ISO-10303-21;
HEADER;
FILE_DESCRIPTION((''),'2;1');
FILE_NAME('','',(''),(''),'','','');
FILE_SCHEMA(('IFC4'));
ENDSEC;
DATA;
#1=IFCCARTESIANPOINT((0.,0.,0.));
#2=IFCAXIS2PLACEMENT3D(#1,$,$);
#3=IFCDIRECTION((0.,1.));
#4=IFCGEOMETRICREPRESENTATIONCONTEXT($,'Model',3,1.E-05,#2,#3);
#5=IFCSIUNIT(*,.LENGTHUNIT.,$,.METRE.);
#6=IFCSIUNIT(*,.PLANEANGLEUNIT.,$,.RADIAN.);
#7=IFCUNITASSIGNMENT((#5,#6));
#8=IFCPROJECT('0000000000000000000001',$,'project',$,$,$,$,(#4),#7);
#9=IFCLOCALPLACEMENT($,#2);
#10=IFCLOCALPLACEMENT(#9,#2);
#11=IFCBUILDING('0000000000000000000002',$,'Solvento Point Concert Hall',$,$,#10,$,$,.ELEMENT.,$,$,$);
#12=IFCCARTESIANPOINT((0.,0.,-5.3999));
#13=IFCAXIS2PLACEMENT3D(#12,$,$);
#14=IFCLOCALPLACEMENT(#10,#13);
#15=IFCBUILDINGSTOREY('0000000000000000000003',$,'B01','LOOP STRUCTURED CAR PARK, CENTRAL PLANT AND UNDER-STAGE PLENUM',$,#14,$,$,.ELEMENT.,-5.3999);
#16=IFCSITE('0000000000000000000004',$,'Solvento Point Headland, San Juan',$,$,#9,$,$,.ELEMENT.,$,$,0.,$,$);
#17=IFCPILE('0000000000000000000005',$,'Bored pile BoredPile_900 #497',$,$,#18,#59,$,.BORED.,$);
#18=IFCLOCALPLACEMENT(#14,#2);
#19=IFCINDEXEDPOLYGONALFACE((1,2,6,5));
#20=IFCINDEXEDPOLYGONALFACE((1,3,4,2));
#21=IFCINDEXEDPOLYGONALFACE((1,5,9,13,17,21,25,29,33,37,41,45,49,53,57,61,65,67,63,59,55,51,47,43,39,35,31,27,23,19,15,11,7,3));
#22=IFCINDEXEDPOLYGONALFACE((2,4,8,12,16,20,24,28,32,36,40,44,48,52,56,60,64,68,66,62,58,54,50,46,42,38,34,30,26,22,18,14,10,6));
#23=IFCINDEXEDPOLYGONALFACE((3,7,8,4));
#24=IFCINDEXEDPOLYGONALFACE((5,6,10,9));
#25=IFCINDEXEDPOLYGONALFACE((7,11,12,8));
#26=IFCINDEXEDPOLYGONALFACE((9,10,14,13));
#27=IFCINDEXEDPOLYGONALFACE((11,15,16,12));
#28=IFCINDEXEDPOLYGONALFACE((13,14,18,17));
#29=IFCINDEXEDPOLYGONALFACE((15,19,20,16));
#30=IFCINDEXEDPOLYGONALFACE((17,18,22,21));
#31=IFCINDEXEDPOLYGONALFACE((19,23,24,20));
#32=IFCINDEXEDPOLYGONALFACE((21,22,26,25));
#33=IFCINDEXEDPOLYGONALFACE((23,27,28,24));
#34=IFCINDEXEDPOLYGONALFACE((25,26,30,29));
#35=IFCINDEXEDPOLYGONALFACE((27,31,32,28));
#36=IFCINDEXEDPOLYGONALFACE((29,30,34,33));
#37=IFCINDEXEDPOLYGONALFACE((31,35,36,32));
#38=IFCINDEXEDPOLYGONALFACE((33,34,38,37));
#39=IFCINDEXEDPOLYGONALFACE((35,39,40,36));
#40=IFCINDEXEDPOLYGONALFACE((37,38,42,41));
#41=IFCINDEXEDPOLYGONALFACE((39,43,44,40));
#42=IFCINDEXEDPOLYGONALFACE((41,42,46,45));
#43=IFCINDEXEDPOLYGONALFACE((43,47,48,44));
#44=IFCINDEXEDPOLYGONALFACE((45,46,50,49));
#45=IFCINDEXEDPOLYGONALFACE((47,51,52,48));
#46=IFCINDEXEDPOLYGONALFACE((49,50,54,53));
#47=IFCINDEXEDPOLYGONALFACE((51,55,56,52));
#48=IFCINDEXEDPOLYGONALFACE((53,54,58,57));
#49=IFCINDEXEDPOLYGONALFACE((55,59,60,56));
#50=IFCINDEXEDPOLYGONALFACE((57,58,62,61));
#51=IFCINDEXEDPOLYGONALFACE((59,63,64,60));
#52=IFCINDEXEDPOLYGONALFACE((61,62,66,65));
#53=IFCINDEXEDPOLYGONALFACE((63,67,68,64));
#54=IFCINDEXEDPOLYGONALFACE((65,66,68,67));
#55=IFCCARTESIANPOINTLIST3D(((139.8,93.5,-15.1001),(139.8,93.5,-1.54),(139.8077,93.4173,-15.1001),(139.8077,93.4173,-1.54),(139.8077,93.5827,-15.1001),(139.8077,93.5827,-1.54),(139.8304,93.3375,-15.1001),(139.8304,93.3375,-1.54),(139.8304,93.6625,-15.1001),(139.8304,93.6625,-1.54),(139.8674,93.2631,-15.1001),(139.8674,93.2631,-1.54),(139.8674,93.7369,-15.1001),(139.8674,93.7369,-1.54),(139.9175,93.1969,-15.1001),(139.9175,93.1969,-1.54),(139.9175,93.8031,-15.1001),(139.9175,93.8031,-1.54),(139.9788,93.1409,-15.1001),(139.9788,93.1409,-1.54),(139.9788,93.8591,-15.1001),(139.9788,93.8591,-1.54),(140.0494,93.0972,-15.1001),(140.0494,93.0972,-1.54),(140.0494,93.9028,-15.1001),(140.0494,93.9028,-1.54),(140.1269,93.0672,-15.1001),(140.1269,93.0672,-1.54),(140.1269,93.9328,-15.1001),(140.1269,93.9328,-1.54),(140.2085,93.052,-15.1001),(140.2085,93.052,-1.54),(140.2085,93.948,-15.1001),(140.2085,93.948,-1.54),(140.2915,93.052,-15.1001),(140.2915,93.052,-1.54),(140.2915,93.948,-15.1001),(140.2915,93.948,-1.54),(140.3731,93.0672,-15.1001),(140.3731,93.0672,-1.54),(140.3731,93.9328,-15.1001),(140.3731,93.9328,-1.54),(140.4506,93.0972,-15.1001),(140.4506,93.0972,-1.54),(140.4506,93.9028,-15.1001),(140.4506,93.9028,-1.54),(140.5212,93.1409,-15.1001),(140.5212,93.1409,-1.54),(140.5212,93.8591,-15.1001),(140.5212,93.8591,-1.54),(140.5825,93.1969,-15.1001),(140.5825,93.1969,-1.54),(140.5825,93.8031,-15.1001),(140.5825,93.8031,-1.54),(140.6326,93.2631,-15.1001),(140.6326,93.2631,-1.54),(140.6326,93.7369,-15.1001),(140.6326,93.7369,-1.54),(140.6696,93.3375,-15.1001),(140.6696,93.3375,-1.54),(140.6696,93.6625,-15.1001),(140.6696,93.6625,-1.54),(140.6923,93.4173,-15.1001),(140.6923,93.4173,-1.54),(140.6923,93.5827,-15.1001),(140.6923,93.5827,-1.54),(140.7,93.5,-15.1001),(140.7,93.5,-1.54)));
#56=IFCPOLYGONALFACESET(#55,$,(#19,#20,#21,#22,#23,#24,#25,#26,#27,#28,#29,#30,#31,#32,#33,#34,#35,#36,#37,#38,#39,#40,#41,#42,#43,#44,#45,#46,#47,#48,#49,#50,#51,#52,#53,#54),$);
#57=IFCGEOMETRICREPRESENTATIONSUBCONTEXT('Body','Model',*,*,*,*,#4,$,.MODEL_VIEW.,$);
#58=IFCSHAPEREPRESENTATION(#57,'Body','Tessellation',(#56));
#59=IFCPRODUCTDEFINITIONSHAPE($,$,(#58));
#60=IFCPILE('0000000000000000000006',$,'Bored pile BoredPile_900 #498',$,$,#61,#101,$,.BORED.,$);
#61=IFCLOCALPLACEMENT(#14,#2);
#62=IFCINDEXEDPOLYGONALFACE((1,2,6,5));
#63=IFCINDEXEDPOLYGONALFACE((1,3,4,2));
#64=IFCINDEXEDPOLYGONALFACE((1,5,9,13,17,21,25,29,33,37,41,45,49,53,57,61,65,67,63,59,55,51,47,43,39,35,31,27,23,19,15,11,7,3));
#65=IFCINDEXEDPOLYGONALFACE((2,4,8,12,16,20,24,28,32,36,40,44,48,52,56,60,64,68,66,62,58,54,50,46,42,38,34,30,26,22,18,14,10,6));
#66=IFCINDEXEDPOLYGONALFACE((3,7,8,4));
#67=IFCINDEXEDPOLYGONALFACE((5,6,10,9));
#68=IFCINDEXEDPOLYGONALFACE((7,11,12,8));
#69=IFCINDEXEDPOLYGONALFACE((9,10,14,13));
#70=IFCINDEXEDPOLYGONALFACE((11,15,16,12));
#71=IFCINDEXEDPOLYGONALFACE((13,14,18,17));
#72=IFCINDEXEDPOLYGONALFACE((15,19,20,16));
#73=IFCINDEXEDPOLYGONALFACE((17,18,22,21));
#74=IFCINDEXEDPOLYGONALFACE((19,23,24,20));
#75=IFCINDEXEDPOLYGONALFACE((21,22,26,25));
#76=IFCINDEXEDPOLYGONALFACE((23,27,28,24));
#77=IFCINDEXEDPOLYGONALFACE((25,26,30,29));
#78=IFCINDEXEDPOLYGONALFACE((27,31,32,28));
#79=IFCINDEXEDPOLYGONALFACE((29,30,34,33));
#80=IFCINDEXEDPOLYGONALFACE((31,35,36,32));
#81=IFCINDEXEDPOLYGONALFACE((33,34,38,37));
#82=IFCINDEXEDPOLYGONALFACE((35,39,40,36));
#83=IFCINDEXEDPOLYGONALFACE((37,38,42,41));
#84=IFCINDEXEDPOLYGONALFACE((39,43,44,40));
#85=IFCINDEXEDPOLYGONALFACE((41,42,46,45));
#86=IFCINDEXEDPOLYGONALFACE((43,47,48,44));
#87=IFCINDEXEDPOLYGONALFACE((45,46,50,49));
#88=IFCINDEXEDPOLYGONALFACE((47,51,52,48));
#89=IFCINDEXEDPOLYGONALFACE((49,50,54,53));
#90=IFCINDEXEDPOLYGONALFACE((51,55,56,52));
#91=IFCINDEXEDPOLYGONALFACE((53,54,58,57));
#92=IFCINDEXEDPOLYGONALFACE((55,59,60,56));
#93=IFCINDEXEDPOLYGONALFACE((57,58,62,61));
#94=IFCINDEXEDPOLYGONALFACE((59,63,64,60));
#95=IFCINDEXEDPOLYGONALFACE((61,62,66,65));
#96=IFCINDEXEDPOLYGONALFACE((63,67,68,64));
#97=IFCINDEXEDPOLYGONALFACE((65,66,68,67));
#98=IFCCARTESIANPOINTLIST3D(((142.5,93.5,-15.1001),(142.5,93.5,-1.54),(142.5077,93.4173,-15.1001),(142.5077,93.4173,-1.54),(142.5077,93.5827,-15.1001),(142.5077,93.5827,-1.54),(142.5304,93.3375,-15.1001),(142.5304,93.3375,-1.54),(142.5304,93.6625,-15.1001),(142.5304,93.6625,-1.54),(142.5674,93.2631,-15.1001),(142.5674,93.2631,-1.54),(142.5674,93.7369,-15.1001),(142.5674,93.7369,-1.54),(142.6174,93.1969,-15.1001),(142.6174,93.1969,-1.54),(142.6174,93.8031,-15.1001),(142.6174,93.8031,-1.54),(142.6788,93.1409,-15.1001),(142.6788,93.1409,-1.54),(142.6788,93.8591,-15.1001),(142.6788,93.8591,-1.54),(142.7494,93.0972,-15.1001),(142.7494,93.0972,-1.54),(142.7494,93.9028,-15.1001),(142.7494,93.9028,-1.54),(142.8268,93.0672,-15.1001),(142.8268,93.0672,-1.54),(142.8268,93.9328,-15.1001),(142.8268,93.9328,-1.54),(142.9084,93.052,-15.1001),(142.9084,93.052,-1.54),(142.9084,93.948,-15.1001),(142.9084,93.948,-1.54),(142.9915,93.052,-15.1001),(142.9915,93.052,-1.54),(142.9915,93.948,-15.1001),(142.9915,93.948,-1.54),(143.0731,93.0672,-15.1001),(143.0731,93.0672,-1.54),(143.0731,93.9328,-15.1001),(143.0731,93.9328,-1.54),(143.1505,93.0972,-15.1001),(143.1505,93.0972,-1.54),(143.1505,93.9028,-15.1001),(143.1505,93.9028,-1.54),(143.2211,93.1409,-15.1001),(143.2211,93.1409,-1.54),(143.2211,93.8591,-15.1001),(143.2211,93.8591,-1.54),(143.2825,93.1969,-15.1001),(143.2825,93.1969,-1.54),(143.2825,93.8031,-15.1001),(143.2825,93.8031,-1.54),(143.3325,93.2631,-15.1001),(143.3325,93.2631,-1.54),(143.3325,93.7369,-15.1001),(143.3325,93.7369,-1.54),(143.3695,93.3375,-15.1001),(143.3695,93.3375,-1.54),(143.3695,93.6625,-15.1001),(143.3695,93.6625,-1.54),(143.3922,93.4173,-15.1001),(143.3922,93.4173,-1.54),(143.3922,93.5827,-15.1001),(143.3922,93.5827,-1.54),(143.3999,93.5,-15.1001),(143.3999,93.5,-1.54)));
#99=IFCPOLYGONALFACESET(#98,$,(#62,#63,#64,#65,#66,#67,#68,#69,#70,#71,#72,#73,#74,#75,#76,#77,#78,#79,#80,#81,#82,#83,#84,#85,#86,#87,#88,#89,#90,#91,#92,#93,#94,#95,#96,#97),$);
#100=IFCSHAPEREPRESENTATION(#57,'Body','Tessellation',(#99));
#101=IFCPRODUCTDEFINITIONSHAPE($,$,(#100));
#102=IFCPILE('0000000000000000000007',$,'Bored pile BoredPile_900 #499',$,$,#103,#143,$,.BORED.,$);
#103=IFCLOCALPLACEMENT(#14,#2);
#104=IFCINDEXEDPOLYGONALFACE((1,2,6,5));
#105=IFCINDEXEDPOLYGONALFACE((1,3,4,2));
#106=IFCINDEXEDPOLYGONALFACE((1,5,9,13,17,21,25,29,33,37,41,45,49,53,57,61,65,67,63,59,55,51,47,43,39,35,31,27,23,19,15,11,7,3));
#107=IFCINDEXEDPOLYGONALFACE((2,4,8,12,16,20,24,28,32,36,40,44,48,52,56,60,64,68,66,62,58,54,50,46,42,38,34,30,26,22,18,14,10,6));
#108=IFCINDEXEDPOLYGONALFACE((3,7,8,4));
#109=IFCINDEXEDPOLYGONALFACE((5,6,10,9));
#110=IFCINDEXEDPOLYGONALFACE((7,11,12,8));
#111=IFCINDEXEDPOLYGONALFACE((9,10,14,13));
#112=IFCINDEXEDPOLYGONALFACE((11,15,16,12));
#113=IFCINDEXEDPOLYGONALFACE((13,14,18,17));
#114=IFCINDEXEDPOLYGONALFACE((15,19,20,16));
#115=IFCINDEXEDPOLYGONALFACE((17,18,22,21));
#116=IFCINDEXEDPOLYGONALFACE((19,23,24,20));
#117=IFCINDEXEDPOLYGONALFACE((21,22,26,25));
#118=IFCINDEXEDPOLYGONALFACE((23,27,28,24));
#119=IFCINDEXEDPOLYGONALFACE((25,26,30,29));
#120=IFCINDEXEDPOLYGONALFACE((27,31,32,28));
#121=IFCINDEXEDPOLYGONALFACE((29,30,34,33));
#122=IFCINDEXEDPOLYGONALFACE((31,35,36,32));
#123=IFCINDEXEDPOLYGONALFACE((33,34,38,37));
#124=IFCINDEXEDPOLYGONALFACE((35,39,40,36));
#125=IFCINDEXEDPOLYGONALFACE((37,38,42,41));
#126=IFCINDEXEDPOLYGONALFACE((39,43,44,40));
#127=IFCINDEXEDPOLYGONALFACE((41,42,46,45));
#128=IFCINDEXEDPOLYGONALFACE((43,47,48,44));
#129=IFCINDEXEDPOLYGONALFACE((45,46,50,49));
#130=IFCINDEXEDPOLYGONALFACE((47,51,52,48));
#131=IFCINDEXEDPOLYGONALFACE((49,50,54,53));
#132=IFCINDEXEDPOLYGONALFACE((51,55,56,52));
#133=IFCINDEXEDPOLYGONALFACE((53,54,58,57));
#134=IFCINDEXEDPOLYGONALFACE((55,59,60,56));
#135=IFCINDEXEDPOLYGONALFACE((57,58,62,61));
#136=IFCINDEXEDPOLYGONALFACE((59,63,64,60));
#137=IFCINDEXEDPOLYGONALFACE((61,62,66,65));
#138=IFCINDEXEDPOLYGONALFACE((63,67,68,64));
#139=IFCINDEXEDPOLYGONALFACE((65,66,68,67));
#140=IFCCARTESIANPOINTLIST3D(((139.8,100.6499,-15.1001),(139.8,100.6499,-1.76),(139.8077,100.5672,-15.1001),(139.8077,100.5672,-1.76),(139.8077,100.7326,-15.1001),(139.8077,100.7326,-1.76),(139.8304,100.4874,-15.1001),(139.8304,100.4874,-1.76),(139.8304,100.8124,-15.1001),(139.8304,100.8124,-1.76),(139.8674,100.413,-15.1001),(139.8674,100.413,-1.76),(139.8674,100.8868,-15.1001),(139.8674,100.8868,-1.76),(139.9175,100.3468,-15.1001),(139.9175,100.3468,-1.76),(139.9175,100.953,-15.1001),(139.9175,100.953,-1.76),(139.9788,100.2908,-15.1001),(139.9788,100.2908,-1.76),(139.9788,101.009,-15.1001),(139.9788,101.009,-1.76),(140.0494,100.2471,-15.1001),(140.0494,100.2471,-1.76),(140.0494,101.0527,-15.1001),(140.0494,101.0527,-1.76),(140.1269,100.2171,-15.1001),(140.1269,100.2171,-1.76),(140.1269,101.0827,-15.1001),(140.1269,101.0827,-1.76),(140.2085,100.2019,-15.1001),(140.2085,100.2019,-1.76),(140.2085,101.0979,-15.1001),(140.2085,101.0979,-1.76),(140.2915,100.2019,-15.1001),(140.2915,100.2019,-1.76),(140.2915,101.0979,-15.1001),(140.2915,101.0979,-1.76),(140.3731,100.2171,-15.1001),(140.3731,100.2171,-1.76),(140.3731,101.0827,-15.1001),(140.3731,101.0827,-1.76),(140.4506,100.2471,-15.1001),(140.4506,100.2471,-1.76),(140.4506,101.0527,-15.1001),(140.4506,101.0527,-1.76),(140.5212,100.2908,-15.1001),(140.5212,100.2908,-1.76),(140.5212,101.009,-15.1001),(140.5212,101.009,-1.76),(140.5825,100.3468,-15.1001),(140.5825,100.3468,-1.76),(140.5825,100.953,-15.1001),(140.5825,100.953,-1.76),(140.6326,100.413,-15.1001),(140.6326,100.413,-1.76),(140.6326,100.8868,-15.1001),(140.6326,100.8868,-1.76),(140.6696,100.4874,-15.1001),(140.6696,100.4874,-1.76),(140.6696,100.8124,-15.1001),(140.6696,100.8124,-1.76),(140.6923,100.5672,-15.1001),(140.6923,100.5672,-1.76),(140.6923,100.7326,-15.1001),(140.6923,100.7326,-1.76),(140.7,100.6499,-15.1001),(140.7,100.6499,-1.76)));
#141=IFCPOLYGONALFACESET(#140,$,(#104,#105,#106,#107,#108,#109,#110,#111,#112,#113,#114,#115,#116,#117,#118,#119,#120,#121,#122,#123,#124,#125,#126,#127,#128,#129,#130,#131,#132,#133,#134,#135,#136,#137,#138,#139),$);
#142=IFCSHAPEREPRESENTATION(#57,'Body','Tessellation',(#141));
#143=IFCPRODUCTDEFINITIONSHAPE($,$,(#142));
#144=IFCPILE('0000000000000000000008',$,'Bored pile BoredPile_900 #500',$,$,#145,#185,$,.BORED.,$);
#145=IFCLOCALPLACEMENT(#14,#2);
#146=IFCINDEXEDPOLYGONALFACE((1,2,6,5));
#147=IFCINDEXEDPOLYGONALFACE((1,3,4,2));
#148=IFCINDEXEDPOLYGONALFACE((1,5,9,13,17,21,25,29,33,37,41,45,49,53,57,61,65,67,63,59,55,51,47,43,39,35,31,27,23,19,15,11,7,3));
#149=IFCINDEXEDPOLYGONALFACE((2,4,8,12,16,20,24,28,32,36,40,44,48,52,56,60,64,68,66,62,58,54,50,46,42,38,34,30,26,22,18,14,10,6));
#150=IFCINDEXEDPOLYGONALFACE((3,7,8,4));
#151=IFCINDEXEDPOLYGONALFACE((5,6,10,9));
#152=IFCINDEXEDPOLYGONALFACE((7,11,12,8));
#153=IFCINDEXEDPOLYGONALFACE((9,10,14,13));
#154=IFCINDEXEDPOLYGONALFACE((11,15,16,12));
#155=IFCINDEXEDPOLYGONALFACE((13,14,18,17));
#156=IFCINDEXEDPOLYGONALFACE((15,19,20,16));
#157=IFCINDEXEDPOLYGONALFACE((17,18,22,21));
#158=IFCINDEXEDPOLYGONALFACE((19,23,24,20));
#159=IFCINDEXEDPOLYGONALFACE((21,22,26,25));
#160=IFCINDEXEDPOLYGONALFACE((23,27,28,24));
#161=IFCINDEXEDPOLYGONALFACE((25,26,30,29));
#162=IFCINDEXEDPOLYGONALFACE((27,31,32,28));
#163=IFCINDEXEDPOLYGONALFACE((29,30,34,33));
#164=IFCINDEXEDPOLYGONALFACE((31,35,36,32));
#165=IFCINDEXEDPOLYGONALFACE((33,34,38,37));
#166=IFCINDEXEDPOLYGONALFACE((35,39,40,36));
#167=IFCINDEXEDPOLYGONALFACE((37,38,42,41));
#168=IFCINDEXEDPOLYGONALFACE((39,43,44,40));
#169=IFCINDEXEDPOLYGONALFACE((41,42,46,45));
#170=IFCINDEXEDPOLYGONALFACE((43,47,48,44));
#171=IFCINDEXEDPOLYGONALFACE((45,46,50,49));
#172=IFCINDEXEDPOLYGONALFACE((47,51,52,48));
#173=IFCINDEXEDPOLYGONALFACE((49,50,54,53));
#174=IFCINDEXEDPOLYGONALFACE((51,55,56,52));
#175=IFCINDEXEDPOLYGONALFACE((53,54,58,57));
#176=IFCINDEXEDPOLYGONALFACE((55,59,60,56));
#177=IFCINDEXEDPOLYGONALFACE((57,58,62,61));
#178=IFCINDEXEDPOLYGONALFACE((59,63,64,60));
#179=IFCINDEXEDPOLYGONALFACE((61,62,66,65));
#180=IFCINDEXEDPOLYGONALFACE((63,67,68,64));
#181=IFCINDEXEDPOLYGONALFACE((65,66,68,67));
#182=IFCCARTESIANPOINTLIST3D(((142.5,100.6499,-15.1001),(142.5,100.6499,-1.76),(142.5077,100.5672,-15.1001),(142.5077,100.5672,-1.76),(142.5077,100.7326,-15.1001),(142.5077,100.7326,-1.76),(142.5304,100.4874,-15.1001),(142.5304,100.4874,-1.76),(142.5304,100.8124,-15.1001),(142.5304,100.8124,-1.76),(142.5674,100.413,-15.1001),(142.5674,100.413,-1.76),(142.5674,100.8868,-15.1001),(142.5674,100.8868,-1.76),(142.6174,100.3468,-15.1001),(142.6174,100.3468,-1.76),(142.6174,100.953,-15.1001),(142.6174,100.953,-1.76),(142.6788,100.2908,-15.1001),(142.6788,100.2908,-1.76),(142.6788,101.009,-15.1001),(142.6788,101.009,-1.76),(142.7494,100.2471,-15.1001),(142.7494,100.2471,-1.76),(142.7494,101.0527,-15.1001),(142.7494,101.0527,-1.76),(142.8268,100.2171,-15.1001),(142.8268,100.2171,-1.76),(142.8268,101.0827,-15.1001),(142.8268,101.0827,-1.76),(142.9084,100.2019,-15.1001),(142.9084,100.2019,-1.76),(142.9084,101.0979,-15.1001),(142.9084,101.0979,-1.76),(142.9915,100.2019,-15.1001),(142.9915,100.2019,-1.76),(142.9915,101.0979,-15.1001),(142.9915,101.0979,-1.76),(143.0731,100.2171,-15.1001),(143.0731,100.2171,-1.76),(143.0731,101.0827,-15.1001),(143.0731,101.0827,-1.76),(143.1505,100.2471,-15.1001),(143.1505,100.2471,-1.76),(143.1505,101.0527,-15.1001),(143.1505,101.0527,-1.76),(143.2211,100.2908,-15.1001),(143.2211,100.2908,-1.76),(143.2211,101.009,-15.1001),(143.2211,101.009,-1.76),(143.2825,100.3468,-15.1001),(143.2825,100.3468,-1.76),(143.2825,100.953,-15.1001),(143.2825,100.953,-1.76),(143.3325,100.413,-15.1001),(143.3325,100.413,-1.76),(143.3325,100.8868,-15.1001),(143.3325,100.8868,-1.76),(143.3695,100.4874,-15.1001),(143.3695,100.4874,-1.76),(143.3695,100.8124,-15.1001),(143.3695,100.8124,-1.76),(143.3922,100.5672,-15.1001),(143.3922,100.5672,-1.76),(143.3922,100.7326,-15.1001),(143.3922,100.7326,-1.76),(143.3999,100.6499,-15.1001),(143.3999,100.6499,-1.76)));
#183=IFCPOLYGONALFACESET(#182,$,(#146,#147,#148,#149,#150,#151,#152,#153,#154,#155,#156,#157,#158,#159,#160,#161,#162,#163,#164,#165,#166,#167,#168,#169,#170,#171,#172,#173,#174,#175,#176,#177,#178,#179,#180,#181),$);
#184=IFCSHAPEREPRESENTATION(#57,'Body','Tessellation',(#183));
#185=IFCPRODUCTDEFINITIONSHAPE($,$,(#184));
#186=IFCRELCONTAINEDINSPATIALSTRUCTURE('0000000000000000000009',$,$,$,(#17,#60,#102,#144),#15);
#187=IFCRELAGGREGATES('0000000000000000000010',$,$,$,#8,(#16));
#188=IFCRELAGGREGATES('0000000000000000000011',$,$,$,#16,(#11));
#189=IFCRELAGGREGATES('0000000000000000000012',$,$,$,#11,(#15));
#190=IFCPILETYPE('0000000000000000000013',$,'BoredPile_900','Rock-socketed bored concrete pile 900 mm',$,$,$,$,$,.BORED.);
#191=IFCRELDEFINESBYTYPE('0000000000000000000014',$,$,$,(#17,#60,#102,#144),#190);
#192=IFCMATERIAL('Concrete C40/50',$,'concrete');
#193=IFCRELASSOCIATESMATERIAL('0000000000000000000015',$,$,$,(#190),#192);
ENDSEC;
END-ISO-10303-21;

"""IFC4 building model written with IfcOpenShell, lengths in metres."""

from ifc_helpers import new_model, si_unit, direction, frame, origin, origin_2d, place, context, subcontext, project, spatial, circle, extrude, material, material_profile, profile_set, type_object, element, save


model = new_model("IFC4")

# Units and contexts
model_context = context("Model", 3, precision=1e-05, world=origin(), true_north=direction((0.0, 1.0)))
body_context = subcontext(model_context, "Body", "Model", "MODEL_VIEW")
ifc_project = project(units=[si_unit("LENGTHUNIT", "METRE"), si_unit("PLANEANGLEUNIT", "RADIAN")], contexts=[model_context])

# Site, building, storey
site_placement = place(None, origin())
site = spatial("IfcSite", under=ifc_project, at=site_placement, Name="Solvento Point Headland, San Juan", CompositionType="ELEMENT", RefElevation=0.0)
building_placement = place(site_placement, origin())
building = spatial("IfcBuilding", under=site, at=building_placement, Name="Solvento Point Concert Hall", CompositionType="ELEMENT")
storey_placement = place(building_placement, frame((0.0, 0.0, -5.3999)))
storey = spatial("IfcBuildingStorey", under=building, at=storey_placement, Name="B01", Description="LOOP STRUCTURED CAR PARK, CENTRAL PLANT AND UNDER-STAGE PLENUM", CompositionType="ELEMENT", Elevation=-5.3999)

# Piles
ifc_material_1 = material(Name="Concrete C40/50", Category="concrete")
ifc_material_profile_1 = material_profile(ifc_material_1, circle(Radius=0.45, at=origin_2d()), Name="BP-900")
ifc_profile_set_1 = profile_set([ifc_material_profile_1], Name="Concrete C40/50")
pile_type_1 = type_object("IfcPileType", Name="BoredPile_900", Description="Rock-socketed bored concrete pile 900 mm", PredefinedType="BORED", material=ifc_profile_set_1)
for number, where, z_axis, x_axis, name in (
    (1, (140.25, 93.5, -1.54), (0.0, 0.0, -1.0), (1.0, 0.0, 0.0), "Bored pile BoredPile_900 #497"),
    (2, (142.95, 93.5, -1.54), (0.0, 0.0, -1.0), (1.0, 0.0, 0.0), "Bored pile BoredPile_900 #498"),
):
    element("IfcPile", number, at=place(storey_placement, frame(where, z_axis=z_axis, x_axis=x_axis)), inside=storey, type_object=pile_type_1, Name=name, PredefinedType="BORED", context=body_context, shape_type="SweptSolid", body=[
        extrude(circle(Radius=0.45, at=origin_2d()), origin(), (0.0, 0.0, 1.0), 13.5601),
    ])
for number, where, z_axis, x_axis, name in (
    (3, (140.25, 100.6499, -1.76), (0.0, 0.0, -1.0), (1.0, 0.0, 0.0), "Bored pile BoredPile_900 #499"),
    (4, (142.95, 100.6499, -1.76), (0.0, 0.0, -1.0), (1.0, 0.0, 0.0), "Bored pile BoredPile_900 #500"),
):
    element("IfcPile", number, at=place(storey_placement, frame(where, z_axis=z_axis, x_axis=x_axis)), inside=storey, type_object=pile_type_1, Name=name, PredefinedType="BORED", context=body_context, shape_type="SweptSolid", body=[
        extrude(circle(Radius=0.45, at=origin_2d()), origin(), (0.0, 0.0, 1.0), 13.3401),
    ])

save(model, "model.ifc")
